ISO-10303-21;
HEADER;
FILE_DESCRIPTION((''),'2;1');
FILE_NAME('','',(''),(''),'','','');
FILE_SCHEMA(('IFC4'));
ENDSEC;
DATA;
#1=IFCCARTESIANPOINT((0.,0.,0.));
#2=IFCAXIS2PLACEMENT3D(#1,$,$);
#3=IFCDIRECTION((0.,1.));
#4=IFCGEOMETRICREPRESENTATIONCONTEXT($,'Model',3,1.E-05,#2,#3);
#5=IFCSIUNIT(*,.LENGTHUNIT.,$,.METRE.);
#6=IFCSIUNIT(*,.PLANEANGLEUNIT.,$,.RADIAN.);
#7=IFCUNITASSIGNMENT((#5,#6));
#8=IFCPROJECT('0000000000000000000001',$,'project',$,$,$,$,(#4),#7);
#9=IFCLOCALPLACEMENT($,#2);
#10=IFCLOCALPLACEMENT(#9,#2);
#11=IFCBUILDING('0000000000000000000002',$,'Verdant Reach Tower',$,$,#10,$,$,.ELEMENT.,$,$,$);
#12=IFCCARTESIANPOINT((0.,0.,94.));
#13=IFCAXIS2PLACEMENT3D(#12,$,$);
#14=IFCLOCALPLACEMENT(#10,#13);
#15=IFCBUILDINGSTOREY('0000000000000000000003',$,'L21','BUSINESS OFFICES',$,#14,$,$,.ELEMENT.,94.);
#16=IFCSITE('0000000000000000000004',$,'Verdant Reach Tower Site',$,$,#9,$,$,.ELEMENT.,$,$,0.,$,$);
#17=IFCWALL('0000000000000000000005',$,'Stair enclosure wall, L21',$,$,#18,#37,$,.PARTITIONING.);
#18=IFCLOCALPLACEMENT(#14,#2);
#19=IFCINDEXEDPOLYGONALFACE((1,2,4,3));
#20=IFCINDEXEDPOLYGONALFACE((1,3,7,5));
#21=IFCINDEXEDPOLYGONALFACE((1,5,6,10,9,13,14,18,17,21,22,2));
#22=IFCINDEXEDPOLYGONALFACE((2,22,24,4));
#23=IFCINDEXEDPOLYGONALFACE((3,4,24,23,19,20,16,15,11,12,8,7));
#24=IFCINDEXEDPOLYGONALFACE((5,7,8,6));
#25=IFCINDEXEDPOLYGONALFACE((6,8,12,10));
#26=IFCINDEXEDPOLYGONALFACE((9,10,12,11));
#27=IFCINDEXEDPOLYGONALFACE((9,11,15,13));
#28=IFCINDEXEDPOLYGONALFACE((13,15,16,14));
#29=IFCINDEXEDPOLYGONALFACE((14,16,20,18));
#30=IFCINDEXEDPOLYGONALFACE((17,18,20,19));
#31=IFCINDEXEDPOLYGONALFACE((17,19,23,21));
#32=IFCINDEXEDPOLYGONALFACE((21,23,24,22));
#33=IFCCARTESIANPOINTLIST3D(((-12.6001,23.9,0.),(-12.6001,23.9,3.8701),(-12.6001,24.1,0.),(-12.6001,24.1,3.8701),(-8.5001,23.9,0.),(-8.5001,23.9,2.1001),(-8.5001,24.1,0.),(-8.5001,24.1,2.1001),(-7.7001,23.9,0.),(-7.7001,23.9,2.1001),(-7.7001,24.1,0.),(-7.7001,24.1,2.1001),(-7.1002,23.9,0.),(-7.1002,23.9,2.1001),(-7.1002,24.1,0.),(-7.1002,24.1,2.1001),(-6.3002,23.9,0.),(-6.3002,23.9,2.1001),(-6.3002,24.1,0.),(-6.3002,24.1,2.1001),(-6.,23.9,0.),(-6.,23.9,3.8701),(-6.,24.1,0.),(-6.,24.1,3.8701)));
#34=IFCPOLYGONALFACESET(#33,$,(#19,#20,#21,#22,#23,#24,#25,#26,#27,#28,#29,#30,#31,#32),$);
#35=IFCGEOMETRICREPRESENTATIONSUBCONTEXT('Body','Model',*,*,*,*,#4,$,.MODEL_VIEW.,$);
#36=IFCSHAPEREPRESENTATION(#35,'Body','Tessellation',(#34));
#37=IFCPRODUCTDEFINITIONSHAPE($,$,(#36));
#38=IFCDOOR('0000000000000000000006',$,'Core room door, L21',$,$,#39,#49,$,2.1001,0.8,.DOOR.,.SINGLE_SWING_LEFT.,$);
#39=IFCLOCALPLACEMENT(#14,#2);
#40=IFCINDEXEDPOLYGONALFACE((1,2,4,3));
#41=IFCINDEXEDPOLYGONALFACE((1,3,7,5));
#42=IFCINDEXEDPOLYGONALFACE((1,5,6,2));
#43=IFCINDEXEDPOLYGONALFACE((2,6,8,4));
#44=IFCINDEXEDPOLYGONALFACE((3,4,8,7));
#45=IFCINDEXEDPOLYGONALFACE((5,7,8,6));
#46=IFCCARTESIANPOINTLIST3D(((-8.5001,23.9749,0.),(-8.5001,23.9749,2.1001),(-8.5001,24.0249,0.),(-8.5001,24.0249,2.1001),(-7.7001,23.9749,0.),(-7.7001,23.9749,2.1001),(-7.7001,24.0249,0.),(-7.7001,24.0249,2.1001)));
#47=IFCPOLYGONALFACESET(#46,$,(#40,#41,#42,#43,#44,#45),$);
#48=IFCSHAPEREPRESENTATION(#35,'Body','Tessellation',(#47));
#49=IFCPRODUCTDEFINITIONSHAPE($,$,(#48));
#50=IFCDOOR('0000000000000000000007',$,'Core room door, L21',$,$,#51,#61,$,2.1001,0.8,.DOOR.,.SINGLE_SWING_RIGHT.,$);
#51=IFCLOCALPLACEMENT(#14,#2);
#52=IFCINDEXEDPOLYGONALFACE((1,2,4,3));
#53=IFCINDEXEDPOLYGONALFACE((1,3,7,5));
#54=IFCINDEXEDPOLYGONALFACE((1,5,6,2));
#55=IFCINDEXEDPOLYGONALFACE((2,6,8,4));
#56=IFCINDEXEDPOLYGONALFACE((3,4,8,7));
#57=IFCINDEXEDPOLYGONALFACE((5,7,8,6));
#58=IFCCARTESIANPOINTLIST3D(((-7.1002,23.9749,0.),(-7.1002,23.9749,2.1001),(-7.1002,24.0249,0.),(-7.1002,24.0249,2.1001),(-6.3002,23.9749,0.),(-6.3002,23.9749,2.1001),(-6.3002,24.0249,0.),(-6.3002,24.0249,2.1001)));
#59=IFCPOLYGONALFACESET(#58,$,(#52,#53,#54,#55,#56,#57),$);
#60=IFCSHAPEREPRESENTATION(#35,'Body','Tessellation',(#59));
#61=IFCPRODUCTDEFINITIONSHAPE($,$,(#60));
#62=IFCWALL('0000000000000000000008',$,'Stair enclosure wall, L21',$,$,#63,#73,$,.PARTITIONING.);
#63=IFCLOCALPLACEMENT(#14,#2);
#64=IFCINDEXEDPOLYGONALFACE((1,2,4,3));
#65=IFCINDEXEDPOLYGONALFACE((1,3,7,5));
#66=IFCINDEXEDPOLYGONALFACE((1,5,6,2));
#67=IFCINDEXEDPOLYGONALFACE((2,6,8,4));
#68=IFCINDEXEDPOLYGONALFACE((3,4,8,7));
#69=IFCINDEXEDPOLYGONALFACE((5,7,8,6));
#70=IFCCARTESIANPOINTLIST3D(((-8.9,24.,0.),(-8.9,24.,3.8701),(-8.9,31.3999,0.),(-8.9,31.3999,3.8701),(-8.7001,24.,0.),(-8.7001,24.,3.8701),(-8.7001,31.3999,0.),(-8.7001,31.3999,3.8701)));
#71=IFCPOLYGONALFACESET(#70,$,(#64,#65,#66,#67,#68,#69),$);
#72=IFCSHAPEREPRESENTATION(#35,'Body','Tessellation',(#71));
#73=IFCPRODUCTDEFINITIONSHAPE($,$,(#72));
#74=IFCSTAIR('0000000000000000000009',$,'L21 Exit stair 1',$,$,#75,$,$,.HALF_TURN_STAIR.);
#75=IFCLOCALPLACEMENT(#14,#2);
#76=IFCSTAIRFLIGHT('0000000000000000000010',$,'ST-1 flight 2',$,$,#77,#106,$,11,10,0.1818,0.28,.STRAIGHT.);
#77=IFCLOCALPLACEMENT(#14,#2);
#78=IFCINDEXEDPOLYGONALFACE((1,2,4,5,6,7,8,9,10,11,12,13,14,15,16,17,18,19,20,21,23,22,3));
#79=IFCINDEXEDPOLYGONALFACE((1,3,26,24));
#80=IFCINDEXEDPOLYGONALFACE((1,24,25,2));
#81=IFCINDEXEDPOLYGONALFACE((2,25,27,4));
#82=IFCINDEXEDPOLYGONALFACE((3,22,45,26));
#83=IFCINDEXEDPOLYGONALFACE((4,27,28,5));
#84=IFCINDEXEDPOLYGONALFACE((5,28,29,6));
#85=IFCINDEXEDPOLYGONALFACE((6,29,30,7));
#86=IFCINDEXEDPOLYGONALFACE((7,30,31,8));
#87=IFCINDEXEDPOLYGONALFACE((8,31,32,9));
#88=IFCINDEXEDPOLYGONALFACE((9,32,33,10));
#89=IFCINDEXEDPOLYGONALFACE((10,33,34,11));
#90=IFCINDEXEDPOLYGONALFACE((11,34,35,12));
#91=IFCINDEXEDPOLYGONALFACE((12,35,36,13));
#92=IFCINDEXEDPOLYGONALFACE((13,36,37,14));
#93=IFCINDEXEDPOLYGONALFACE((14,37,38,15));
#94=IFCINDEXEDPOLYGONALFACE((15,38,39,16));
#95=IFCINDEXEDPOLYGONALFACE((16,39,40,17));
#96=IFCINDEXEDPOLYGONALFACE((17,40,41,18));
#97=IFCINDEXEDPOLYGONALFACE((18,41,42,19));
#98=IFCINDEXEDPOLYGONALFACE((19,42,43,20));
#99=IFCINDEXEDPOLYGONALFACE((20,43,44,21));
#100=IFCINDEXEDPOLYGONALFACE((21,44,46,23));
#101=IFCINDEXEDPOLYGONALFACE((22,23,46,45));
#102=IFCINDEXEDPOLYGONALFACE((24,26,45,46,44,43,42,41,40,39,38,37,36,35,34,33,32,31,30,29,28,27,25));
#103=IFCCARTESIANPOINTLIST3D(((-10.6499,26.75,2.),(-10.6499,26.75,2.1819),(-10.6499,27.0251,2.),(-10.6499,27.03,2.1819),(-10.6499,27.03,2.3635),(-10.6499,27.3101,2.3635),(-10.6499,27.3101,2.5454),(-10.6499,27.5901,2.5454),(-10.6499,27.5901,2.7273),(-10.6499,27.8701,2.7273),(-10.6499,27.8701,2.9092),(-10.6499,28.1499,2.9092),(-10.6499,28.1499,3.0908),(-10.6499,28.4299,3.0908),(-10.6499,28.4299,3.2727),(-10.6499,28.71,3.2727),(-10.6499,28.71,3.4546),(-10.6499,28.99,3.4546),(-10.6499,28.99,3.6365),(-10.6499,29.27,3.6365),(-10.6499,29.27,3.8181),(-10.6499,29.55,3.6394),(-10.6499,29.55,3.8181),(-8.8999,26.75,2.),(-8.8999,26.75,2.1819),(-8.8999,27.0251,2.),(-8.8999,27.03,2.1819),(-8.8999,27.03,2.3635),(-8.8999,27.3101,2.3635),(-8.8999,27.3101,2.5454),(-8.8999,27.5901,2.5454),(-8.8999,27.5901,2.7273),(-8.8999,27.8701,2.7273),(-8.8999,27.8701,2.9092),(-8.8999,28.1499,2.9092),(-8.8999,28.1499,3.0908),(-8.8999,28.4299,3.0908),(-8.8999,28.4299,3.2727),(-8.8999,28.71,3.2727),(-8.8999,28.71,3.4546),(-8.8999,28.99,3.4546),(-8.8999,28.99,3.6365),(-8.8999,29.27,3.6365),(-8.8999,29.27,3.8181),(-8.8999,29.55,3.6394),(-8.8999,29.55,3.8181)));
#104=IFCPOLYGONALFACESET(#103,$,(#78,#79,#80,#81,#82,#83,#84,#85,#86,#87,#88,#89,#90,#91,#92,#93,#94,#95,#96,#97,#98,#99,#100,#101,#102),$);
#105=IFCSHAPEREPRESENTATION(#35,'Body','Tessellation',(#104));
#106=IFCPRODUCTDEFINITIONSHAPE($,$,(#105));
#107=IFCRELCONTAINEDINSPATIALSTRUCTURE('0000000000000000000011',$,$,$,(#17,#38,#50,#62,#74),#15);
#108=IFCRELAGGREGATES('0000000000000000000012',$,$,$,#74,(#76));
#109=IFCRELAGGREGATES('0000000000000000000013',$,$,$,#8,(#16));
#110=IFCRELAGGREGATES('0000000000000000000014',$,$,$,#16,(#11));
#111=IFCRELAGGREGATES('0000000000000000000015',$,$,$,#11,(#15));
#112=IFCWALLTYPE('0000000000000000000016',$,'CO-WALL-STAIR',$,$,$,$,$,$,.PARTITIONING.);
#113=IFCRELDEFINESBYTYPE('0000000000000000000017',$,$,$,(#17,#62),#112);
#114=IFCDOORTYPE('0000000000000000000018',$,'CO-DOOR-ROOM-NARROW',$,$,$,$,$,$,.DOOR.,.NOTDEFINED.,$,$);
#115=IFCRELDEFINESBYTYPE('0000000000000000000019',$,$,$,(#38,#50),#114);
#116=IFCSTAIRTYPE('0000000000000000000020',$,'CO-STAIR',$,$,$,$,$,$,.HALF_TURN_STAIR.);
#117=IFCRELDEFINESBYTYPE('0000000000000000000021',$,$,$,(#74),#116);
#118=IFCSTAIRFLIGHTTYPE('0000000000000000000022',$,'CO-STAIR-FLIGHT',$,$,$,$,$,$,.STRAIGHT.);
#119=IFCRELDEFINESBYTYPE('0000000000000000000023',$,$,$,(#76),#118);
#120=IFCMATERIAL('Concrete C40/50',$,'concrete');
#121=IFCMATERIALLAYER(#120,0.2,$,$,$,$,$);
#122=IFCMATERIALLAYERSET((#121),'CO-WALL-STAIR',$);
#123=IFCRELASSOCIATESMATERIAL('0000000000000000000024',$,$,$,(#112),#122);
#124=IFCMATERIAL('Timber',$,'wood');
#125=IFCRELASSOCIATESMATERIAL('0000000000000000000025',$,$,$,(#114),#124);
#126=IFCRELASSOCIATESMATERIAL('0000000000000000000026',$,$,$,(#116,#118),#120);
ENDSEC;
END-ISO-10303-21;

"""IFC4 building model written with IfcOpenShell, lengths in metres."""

from ifc_helpers import new_model, si_unit, direction, frame, frame_2d, origin, place, context, subcontext, project, spatial, polyline, rectangle, outline, extrude, material, layer, layer_set, type_object, element, fill, aggregate, save


model = new_model("IFC4")

# Units and contexts
model_context = context("Model", 3, precision=1e-05, world=origin(), true_north=direction((0.0, 1.0)))
body_context = subcontext(model_context, "Body", "Model", "MODEL_VIEW")
ifc_project = project(units=[si_unit("LENGTHUNIT", "METRE"), si_unit("PLANEANGLEUNIT", "RADIAN")], contexts=[model_context])

# Site, building, storey
site_placement = place(None, origin())
site = spatial("IfcSite", under=ifc_project, at=site_placement, Name="Verdant Reach Tower Site", CompositionType="ELEMENT", RefElevation=0.0)
building_placement = place(site_placement, origin())
building = spatial("IfcBuilding", under=site, at=building_placement, Name="Verdant Reach Tower", CompositionType="ELEMENT")
storey_placement = place(building_placement, frame((0.0, 0.0, 94.0)))
storey = spatial("IfcBuildingStorey", under=building, at=storey_placement, Name="L21", Description="BUSINESS OFFICES", CompositionType="ELEMENT", Elevation=94.0)

# Shared definitions
ifc_material_1 = material(Name="Timber", Category="wood")

# Shared definitions
ifc_material_2 = material(Name="Concrete C40/50", Category="concrete")

# Wall, openings, doors
ifc_layer_1 = layer(ifc_material_2, 0.2)
ifc_layer_set_1 = layer_set([ifc_layer_1], Name="CO-WALL-STAIR")
wall_type_1 = type_object("IfcWallType", Name="CO-WALL-STAIR", PredefinedType="PARTITIONING", material=ifc_layer_set_1)
wall_1_placement = place(storey_placement, frame((-12.6001, 24.0, 0.0), z_axis=(0.0, 0.0, 1.0), x_axis=(1.0, 0.0, 0.0)))
wall_1 = element("IfcWall", 1, at=wall_1_placement, inside=storey, type_object=wall_type_1, Name="Stair enclosure wall, L21", PredefinedType="PARTITIONING", context=body_context, shape_type="SweptSolid", body=[
    extrude(rectangle(XDim=6.6001, YDim=0.2, at=frame_2d((3.3, 0.0))), origin(), (0.0, 0.0, 1.0), 3.8701),
])
opening_1_placement = place(wall_1_placement, frame((4.1001, 0.0, 0.0)))
opening_1 = element("IfcOpeningElement", 2, at=opening_1_placement, cuts=wall_1, PredefinedType="OPENING", context=body_context, shape_type="SweptSolid", body=[
    extrude(rectangle(XDim=0.8, YDim=2.1001, at=frame_2d((0.3999, 1.05))), frame((0.0, 0.1099, 0.0), z_axis=(0.0, -1.0, 0.0), x_axis=(1.0, 0.0, 0.0)), (0.0, 0.0, 1.0), 0.22),
])
opening_2_placement = place(wall_1_placement, frame((5.5, 0.0, 0.0)))
opening_2 = element("IfcOpeningElement", 3, at=opening_2_placement, cuts=wall_1, PredefinedType="OPENING", context=body_context, shape_type="SweptSolid", body=[
    extrude(rectangle(XDim=0.8, YDim=2.1001, at=frame_2d((0.3999, 1.05))), frame((0.0, 0.1099, 0.0), z_axis=(0.0, -1.0, 0.0), x_axis=(1.0, 0.0, 0.0)), (0.0, 0.0, 1.0), 0.22),
])
door_type_1 = type_object("IfcDoorType", Name="CO-DOOR-ROOM-NARROW", OperationType="NOTDEFINED", PredefinedType="DOOR", material=ifc_material_1)
door_1_placement = place(opening_1_placement, origin())
door_1 = element("IfcDoor", 4, at=door_1_placement, inside=storey, type_object=door_type_1, Name="Core room door, L21", OperationType="SINGLE_SWING_LEFT", OverallHeight=2.1001, OverallWidth=0.8, PredefinedType="DOOR", context=body_context, shape_type="SweptSolid", body=[
    extrude(rectangle(XDim=0.8, YDim=2.1001, at=frame_2d((0.3999, 1.05))), frame((0.0, 0.0249, 0.0), z_axis=(0.0, -1.0, 0.0), x_axis=(1.0, 0.0, 0.0)), (0.0, 0.0, 1.0), 0.05),
])
fill(opening_1, door_1)
door_2_placement = place(opening_2_placement, origin())
door_2 = element("IfcDoor", 5, at=door_2_placement, inside=storey, type_object=door_type_1, Name="Core room door, L21", OperationType="SINGLE_SWING_RIGHT", OverallHeight=2.1001, OverallWidth=0.8, PredefinedType="DOOR", context=body_context, shape_type="SweptSolid", body=[
    extrude(rectangle(XDim=0.8, YDim=2.1001, at=frame_2d((0.3999, 1.05))), frame((0.0, 0.0249, 0.0), z_axis=(0.0, -1.0, 0.0), x_axis=(1.0, 0.0, 0.0)), (0.0, 0.0, 1.0), 0.05),
])
fill(opening_2, door_2)

# Wall
wall_2_placement = place(storey_placement, frame((-8.8, 24.0, 0.0), z_axis=(0.0, 0.0, 1.0), x_axis=(0.0, 1.0, 0.0)))
element("IfcWall", 6, at=wall_2_placement, inside=storey, type_object=wall_type_1, Name="Stair enclosure wall, L21", PredefinedType="PARTITIONING", context=body_context, shape_type="SweptSolid", body=[
    extrude(rectangle(XDim=7.3999, YDim=0.2, at=frame_2d((3.7, 0.0))), origin(), (0.0, 0.0, 1.0), 3.8701),
])

# Stair, stair flight
stair_type = type_object("IfcStairType", Name="CO-STAIR", PredefinedType="HALF_TURN_STAIR", material=ifc_material_2)
stair_placement = place(storey_placement, origin())
stair = element("IfcStair", 7, at=stair_placement, inside=storey, type_object=stair_type, Name="L21 Exit stair 1", PredefinedType="HALF_TURN_STAIR")
stair_flight_type = type_object("IfcStairFlightType", Name="CO-STAIR-FLIGHT", PredefinedType="STRAIGHT", material=ifc_material_2)
stair_flight_placement = place(storey_placement, frame((-9.7749, 26.75, 2.0), z_axis=(0.0, 0.0, 1.0), x_axis=(0.0, 1.0, 0.0)))
stair_flight = element("IfcStairFlight", 8, at=stair_flight_placement, type_object=stair_flight_type, Name="ST-1 flight 2", NumberOfRisers=11, NumberOfTreads=10, PredefinedType="STRAIGHT", RiserHeight=0.1818, TreadLength=0.28, context=body_context, shape_type="SweptSolid", body=[
    extrude(outline(polyline([(0.0, 0.0), (0.0, 0.1819), (0.28, 0.1819), (0.28, 0.3635), (0.5601, 0.3635), (0.5601, 0.5454), (0.8401, 0.5454), (0.8401, 0.7273), (1.1201, 0.7273), (1.1201, 0.9092), (1.3999, 0.9092), (1.3999, 1.0908), (1.6799, 1.0908), (1.6799, 1.2727), (1.96, 1.2727), (1.96, 1.4546), (2.24, 1.4546), (2.24, 1.6365), (2.52, 1.6365), (2.52, 1.8181), (2.8, 1.8181), (2.8, 2.0), (2.8, 1.6394), (0.2751, 0.0), (0.0, 0.0)])), frame((0.0, 0.875, 0.0), z_axis=(0.0, -1.0, 0.0), x_axis=(1.0, 0.0, 0.0)), (0.0, 0.0, 1.0), 1.75),
])
aggregate(stair, [stair_flight])

save(model, "model.ifc")
